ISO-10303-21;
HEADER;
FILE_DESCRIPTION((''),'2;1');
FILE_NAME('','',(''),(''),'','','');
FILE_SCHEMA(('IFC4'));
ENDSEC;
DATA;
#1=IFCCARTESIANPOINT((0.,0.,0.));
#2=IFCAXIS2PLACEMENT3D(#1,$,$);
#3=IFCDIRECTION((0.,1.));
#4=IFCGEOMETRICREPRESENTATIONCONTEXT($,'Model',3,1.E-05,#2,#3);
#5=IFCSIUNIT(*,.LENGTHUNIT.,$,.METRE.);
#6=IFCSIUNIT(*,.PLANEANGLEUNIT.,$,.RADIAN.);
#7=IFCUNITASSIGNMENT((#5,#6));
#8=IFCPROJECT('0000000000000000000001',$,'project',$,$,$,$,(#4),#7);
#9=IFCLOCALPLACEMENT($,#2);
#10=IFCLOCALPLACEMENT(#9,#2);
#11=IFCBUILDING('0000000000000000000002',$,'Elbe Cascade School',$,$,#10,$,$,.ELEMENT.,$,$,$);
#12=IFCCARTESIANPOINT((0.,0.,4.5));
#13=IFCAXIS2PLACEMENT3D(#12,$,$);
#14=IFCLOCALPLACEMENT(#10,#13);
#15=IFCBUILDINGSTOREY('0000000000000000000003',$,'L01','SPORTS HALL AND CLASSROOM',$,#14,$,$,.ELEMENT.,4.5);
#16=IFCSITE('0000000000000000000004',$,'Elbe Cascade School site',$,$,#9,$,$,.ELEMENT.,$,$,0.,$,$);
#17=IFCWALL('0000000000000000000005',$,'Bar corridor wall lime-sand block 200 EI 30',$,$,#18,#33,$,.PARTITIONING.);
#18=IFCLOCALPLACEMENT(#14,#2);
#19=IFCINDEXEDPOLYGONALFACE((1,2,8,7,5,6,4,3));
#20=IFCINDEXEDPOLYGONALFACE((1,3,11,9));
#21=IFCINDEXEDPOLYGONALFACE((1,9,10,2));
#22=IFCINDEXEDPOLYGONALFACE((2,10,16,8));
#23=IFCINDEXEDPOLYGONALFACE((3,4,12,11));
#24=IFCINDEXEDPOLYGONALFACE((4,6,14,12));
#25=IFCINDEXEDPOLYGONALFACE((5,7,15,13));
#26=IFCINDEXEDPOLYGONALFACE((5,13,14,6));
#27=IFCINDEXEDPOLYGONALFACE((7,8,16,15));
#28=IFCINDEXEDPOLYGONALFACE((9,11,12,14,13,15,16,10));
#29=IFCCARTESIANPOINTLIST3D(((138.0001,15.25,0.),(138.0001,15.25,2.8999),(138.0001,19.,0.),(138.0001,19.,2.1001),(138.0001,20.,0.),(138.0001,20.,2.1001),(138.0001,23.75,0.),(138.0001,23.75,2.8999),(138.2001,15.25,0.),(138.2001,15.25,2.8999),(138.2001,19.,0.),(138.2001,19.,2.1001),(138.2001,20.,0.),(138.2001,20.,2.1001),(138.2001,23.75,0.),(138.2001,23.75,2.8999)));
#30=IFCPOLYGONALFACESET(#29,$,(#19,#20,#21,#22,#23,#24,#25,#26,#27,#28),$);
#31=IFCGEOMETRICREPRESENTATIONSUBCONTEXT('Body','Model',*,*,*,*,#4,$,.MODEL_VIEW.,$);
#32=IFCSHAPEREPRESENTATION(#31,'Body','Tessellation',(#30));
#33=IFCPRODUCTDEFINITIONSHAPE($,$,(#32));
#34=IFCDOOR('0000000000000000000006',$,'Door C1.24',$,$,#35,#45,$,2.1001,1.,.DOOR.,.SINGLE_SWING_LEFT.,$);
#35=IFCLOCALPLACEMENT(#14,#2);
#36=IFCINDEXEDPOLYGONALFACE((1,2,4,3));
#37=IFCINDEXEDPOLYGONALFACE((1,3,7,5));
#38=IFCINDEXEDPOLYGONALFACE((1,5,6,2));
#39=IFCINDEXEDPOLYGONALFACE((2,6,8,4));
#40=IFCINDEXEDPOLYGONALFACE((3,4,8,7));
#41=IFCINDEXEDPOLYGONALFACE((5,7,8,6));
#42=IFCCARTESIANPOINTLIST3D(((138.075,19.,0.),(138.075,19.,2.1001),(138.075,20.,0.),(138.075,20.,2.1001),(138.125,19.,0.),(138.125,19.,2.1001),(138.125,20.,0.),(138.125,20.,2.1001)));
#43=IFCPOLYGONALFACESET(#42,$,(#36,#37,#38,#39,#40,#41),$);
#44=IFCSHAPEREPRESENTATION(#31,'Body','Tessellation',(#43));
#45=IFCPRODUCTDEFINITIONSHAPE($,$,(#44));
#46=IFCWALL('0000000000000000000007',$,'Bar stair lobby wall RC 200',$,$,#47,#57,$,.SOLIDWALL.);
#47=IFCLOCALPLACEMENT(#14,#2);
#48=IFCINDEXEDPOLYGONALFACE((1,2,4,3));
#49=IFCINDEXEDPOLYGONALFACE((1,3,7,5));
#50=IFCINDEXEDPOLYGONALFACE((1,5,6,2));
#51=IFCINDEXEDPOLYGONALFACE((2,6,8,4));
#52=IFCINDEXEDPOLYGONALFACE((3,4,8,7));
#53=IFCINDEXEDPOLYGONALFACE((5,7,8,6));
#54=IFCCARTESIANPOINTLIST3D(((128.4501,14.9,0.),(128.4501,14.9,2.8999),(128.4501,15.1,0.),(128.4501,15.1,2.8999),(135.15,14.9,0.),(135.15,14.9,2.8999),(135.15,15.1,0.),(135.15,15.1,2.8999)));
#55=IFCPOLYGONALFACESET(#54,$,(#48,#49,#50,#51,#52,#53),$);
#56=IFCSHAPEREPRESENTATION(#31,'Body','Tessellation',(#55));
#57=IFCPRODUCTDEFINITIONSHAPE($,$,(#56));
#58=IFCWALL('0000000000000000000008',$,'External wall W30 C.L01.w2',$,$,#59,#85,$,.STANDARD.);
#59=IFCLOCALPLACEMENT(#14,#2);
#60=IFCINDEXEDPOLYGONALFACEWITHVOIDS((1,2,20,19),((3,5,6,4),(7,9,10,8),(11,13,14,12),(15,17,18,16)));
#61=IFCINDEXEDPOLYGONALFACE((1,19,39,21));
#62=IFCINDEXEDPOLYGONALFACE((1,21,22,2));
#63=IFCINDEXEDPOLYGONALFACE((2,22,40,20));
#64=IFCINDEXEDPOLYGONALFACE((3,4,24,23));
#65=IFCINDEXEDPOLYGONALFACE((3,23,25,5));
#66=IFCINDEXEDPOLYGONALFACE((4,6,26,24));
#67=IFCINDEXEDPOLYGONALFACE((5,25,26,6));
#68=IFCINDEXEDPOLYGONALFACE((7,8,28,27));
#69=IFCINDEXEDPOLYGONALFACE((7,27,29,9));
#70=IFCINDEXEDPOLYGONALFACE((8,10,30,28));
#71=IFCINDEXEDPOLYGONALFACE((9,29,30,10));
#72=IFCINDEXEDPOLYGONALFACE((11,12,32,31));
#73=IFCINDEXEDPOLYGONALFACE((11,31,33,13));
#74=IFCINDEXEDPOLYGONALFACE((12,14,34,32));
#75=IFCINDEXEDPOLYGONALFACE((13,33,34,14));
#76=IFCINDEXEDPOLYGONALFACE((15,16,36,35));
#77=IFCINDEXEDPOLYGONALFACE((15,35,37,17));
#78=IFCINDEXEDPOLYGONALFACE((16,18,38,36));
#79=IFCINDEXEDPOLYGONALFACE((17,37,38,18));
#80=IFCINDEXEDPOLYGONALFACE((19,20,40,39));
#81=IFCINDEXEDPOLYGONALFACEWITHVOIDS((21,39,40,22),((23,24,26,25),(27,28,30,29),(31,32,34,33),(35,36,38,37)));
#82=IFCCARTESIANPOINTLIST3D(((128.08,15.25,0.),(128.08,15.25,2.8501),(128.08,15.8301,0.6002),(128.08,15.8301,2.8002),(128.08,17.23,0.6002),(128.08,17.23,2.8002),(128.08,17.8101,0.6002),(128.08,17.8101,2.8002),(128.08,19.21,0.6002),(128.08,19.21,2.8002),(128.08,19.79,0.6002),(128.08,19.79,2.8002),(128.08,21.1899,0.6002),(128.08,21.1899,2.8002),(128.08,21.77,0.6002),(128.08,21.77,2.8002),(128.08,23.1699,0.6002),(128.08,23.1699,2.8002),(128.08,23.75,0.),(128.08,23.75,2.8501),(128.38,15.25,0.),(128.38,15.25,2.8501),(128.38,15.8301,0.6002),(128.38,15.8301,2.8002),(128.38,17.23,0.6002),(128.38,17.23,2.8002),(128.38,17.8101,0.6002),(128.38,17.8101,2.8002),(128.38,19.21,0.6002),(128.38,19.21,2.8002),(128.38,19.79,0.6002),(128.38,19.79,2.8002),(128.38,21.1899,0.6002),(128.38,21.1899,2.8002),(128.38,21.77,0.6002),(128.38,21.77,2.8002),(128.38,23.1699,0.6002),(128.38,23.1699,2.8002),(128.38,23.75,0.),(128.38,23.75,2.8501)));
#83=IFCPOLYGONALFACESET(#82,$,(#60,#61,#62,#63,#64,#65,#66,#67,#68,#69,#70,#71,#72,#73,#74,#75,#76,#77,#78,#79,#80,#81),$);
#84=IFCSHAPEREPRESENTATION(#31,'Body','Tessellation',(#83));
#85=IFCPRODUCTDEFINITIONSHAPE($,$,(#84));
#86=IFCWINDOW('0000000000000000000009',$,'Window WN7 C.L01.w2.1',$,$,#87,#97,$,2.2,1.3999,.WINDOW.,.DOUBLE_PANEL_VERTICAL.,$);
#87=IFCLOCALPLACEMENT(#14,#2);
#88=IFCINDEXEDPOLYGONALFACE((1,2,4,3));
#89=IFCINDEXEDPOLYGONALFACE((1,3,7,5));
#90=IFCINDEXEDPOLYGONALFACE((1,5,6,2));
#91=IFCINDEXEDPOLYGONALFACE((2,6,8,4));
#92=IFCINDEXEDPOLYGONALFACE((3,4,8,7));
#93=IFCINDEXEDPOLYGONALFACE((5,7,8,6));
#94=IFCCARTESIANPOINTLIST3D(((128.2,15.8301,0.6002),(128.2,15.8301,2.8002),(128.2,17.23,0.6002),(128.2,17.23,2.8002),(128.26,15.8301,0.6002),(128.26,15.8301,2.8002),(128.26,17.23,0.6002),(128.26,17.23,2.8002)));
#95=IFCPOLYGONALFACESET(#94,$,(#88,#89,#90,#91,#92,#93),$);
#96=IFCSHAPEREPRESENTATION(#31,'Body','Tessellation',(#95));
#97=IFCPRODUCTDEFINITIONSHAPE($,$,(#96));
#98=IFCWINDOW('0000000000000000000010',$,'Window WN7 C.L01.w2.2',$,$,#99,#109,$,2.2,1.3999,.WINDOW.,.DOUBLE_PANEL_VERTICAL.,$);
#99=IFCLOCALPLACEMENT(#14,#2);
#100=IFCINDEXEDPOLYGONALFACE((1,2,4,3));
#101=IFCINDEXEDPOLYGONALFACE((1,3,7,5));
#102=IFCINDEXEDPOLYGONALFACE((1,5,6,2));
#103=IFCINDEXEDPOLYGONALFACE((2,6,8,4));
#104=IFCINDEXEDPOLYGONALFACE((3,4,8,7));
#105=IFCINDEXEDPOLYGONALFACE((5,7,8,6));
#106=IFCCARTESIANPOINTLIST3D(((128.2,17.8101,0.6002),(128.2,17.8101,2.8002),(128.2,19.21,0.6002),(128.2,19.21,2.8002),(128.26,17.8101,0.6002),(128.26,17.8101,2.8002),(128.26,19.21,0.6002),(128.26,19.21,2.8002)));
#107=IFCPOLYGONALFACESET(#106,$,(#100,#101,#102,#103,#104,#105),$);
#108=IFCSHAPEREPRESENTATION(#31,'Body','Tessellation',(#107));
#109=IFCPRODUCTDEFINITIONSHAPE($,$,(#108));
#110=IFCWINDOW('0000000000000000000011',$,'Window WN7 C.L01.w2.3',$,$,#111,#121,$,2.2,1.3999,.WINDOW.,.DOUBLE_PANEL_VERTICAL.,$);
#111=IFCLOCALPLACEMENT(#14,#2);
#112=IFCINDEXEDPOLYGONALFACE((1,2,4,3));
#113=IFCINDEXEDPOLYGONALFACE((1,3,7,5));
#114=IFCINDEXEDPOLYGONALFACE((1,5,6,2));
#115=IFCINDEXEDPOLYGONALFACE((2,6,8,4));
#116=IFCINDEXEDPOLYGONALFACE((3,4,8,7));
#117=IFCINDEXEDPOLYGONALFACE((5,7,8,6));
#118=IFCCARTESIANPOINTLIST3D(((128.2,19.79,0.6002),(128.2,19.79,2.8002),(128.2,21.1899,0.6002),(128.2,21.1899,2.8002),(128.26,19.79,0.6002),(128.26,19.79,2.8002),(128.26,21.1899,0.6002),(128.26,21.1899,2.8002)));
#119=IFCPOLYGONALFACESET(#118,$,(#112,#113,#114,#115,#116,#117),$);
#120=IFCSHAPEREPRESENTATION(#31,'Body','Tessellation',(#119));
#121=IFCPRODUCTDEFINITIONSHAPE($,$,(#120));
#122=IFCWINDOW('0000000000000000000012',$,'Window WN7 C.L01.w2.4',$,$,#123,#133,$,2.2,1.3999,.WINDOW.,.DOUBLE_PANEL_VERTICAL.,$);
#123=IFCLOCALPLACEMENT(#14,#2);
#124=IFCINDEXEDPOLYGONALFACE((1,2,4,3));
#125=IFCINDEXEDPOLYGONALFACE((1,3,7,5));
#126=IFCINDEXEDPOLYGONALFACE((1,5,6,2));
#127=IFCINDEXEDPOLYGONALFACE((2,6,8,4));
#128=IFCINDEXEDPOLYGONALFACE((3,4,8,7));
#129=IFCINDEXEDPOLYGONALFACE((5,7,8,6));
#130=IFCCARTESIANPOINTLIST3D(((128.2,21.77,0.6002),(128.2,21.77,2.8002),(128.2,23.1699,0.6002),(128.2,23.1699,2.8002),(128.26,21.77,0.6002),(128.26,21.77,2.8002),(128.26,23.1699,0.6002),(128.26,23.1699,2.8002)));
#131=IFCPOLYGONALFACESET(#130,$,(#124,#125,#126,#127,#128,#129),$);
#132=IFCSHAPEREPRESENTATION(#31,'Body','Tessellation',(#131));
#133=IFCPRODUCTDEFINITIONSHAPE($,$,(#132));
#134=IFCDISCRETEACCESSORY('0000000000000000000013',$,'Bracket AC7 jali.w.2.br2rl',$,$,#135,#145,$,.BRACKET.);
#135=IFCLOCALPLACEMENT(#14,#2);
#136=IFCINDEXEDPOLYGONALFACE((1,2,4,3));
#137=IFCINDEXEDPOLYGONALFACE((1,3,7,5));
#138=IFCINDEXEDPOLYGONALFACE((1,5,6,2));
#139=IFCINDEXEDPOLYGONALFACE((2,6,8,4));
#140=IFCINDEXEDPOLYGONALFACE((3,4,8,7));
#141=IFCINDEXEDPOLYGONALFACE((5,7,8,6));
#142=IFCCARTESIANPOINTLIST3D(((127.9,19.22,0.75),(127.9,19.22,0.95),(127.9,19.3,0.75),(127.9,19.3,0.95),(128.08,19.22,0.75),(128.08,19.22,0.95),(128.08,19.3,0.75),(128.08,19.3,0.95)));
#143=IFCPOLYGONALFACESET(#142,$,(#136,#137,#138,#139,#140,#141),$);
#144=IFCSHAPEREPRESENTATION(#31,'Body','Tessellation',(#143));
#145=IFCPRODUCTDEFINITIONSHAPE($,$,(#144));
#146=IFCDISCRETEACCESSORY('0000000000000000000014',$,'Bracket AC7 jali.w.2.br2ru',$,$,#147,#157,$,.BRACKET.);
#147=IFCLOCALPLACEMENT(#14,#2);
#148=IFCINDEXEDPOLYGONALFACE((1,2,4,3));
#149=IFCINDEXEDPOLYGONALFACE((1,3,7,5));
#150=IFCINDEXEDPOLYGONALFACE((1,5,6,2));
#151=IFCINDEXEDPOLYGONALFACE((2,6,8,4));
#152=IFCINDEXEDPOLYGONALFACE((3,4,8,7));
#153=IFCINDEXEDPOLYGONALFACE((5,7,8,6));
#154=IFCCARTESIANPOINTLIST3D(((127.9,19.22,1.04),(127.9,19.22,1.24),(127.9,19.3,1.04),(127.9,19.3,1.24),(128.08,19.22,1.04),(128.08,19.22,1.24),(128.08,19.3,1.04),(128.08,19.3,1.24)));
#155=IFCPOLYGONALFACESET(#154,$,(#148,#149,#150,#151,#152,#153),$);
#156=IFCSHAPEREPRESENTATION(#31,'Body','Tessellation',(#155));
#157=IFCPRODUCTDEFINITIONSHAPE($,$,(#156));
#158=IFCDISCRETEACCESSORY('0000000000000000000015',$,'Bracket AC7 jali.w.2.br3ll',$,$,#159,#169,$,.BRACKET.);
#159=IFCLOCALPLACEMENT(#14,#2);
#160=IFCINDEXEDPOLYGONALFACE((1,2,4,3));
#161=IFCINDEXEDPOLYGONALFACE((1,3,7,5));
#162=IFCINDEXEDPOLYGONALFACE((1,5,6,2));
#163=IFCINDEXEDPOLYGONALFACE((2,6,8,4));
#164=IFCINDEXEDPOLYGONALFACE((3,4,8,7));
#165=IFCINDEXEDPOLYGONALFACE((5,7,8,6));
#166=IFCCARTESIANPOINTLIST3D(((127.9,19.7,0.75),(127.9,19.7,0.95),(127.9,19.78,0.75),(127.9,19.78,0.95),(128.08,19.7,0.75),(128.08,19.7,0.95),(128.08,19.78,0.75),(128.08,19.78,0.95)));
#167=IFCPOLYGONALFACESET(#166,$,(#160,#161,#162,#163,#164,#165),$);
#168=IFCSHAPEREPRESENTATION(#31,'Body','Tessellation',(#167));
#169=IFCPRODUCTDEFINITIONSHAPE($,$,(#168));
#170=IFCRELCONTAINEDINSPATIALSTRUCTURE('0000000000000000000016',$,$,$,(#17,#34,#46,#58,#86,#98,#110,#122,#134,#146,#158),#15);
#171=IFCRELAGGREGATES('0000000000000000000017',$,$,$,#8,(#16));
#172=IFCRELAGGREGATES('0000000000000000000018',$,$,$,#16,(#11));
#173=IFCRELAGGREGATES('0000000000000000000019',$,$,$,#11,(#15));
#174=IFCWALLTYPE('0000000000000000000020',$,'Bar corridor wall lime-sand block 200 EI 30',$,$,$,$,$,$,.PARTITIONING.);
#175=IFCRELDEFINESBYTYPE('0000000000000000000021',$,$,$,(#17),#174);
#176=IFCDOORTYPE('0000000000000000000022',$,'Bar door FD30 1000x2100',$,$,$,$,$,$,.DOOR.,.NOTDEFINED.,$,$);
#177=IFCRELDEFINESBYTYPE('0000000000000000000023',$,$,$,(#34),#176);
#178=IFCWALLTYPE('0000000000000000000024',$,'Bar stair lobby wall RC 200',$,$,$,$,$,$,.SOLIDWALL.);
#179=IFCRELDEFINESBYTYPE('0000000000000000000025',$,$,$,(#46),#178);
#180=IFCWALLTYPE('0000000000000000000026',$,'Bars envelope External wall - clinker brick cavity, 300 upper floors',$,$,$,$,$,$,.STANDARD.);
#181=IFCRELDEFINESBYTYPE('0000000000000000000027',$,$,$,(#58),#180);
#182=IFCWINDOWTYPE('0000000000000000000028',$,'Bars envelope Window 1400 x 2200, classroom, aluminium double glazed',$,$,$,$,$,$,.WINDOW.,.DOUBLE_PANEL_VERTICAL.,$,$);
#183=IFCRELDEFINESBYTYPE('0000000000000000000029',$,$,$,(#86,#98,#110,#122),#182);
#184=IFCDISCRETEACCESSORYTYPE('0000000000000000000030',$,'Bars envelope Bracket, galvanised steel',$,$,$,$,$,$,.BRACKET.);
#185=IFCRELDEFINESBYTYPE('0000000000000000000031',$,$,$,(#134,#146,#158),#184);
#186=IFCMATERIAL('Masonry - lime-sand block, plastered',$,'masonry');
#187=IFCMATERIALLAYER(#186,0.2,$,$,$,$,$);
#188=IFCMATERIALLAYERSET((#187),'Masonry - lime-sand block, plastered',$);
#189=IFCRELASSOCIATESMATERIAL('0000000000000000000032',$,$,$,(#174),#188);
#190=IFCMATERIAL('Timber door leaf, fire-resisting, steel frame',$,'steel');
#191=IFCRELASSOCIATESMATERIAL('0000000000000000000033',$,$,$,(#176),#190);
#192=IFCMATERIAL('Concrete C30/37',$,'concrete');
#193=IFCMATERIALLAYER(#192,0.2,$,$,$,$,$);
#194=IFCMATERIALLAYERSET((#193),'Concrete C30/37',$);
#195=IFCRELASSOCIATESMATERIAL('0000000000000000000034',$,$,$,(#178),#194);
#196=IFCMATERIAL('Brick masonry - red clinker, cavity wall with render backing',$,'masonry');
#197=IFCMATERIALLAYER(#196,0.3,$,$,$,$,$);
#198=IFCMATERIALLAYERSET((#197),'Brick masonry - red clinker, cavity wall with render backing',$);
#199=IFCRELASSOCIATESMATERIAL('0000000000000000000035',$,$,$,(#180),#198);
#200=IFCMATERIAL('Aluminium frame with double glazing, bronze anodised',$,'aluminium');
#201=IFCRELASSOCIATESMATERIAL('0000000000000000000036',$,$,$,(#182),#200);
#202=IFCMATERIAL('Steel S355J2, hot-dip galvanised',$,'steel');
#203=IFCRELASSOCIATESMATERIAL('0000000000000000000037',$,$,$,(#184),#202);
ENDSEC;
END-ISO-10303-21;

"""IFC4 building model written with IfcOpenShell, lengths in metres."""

from ifc_helpers import new_model, si_unit, direction, frame, frame_2d, origin, origin_2d, place, context, subcontext, project, spatial, rectangle, extrude, material, layer, layer_set, type_object, element, fill, save


model = new_model("IFC4")

# Units and contexts
model_context = context("Model", 3, precision=1e-05, world=origin(), true_north=direction((0.0, 1.0)))
body_context = subcontext(model_context, "Body", "Model", "MODEL_VIEW")
ifc_project = project(units=[si_unit("LENGTHUNIT", "METRE"), si_unit("PLANEANGLEUNIT", "RADIAN")], contexts=[model_context])

# Site, building, storey
site_placement = place(None, origin())
site = spatial("IfcSite", under=ifc_project, at=site_placement, Name="Elbe Cascade School site", CompositionType="ELEMENT", RefElevation=0.0)
building_placement = place(site_placement, origin())
building = spatial("IfcBuilding", under=site, at=building_placement, Name="Elbe Cascade School", CompositionType="ELEMENT")
storey_placement = place(building_placement, frame((0.0, 0.0, 4.5)))
storey = spatial("IfcBuildingStorey", under=building, at=storey_placement, Name="L01", Description="SPORTS HALL AND CLASSROOM", CompositionType="ELEMENT", Elevation=4.5)

# Wall, opening, door
ifc_material_1 = material(Name="Masonry - lime-sand block, plastered", Category="masonry")
ifc_layer_1 = layer(ifc_material_1, 0.2)
ifc_layer_set_1 = layer_set([ifc_layer_1], Name="Masonry - lime-sand block, plastered")
wall_type_1 = type_object("IfcWallType", Name="Bar corridor wall lime-sand block 200 EI 30", PredefinedType="PARTITIONING", material=ifc_layer_set_1)
ifc_material_2 = material(Name="Timber door leaf, fire-resisting, steel frame", Category="steel")
door_type = type_object("IfcDoorType", Name="Bar door FD30 1000x2100", OperationType="NOTDEFINED", PredefinedType="DOOR", material=ifc_material_2)
wall_1_placement = place(storey_placement, frame((138.1001, 23.75, 0.0), z_axis=(0.0, 0.0, 1.0), x_axis=(0.0, -1.0, 0.0)))
wall_1 = element("IfcWall", 1, at=wall_1_placement, inside=storey, type_object=wall_type_1, Name="Bar corridor wall lime-sand block 200 EI 30", PredefinedType="PARTITIONING", context=body_context, shape_type="SweptSolid", body=[
    extrude(rectangle(XDim=8.5, YDim=0.2, at=frame_2d((4.25, 0.0))), origin(), (0.0, 0.0, 1.0), 2.8999),
])
opening_1_placement = place(wall_1_placement, frame((3.75, 0.0, 0.0)))
opening_1 = element("IfcOpeningElement", 2, at=opening_1_placement, cuts=wall_1, PredefinedType="OPENING", context=body_context, shape_type="SweptSolid", body=[
    extrude(rectangle(XDim=1.0, YDim=2.1001, at=frame_2d((0.5, 1.05))), frame((0.0, 0.1099, 0.0), z_axis=(0.0, -1.0, 0.0), x_axis=(1.0, 0.0, 0.0)), (0.0, 0.0, 1.0), 0.22),
])
door_1_placement = place(opening_1_placement, origin())
door_1 = element("IfcDoor", 3, at=door_1_placement, inside=storey, type_object=door_type, Name="Door C1.24", OperationType="SINGLE_SWING_LEFT", OverallHeight=2.1001, OverallWidth=1.0, PredefinedType="DOOR", context=body_context, shape_type="SweptSolid", body=[
    extrude(rectangle(XDim=1.0, YDim=2.1001, at=frame_2d((0.5, 1.05))), frame((0.0, 0.0249, 0.0), z_axis=(0.0, -1.0, 0.0), x_axis=(1.0, 0.0, 0.0)), (0.0, 0.0, 1.0), 0.05),
])
fill(opening_1, door_1)

# Wall
ifc_material_3 = material(Name="Concrete C30/37", Category="concrete")
ifc_layer_2 = layer(ifc_material_3, 0.2)
ifc_layer_set_2 = layer_set([ifc_layer_2], Name="Concrete C30/37")
wall_type_2 = type_object("IfcWallType", Name="Bar stair lobby wall RC 200", PredefinedType="SOLIDWALL", material=ifc_layer_set_2)
wall_2_placement = place(storey_placement, frame((128.45, 15.0, 0.0), z_axis=(0.0, 0.0, 1.0), x_axis=(1.0, 0.0, 0.0)))
element("IfcWall", 4, at=wall_2_placement, inside=storey, type_object=wall_type_2, Name="Bar stair lobby wall RC 200", PredefinedType="SOLIDWALL", context=body_context, shape_type="SweptSolid", body=[
    extrude(rectangle(XDim=6.7, YDim=0.2, at=frame_2d((3.3501, 0.0))), origin(), (0.0, 0.0, 1.0), 2.8999),
])

# Wall, openings, windows
ifc_material_4 = material(Name="Brick masonry - red clinker, cavity wall with render backing", Category="masonry")
ifc_layer_3 = layer(ifc_material_4, 0.3)
ifc_layer_set_3 = layer_set([ifc_layer_3], Name="Brick masonry - red clinker, cavity wall with render backing")
wall_type_3 = type_object("IfcWallType", Name="Bars envelope External wall - clinker brick cavity, 300 upper floors", PredefinedType="STANDARD", material=ifc_layer_set_3)
wall_3_placement = place(storey_placement, frame((128.23, 15.25, 0.0), z_axis=(0.0, 0.0, 1.0), x_axis=(0.0, 1.0, 0.0)))
wall_3 = element("IfcWall", 5, at=wall_3_placement, inside=storey, type_object=wall_type_3, Name="External wall W30 C.L01.w2", PredefinedType="STANDARD", context=body_context, shape_type="SweptSolid", body=[
    extrude(rectangle(XDim=8.5, YDim=0.3, at=frame_2d((4.25, 0.0))), origin(), (0.0, 0.0, 1.0), 2.8501),
])
opening_2_placement = place(wall_3_placement, frame((0.5801, 0.0, 0.6001)))
opening_2 = element("IfcOpeningElement", 6, at=opening_2_placement, cuts=wall_3, PredefinedType="OPENING", context=body_context, shape_type="SweptSolid", body=[
    extrude(rectangle(XDim=1.3999, YDim=2.2, at=frame_2d((0.7, 1.1001))), frame((0.0, 0.1599, 0.0), z_axis=(0.0, -1.0, 0.0), x_axis=(1.0, 0.0, 0.0)), (0.0, 0.0, 1.0), 0.3201),
])
opening_3_placement = place(wall_3_placement, frame((2.5601, 0.0, 0.6001)))
opening_3 = element("IfcOpeningElement", 7, at=opening_3_placement, cuts=wall_3, PredefinedType="OPENING", context=body_context, shape_type="SweptSolid", body=[
    extrude(rectangle(XDim=1.3999, YDim=2.2, at=frame_2d((0.7, 1.1001))), frame((0.0, 0.1599, 0.0), z_axis=(0.0, -1.0, 0.0), x_axis=(1.0, 0.0, 0.0)), (0.0, 0.0, 1.0), 0.3201),
])
opening_4_placement = place(wall_3_placement, frame((4.54, 0.0, 0.6001)))
opening_4 = element("IfcOpeningElement", 8, at=opening_4_placement, cuts=wall_3, PredefinedType="OPENING", context=body_context, shape_type="SweptSolid", body=[
    extrude(rectangle(XDim=1.3999, YDim=2.2, at=frame_2d((0.7, 1.1001))), frame((0.0, 0.1599, 0.0), z_axis=(0.0, -1.0, 0.0), x_axis=(1.0, 0.0, 0.0)), (0.0, 0.0, 1.0), 0.3201),
])
opening_5_placement = place(wall_3_placement, frame((6.52, 0.0, 0.6001)))
opening_5 = element("IfcOpeningElement", 9, at=opening_5_placement, cuts=wall_3, PredefinedType="OPENING", context=body_context, shape_type="SweptSolid", body=[
    extrude(rectangle(XDim=1.3999, YDim=2.2, at=frame_2d((0.7, 1.1001))), frame((0.0, 0.1599, 0.0), z_axis=(0.0, -1.0, 0.0), x_axis=(1.0, 0.0, 0.0)), (0.0, 0.0, 1.0), 0.3201),
])
ifc_material_5 = material(Name="Aluminium frame with double glazing, bronze anodised", Category="aluminium")
window_type = type_object("IfcWindowType", Name="Bars envelope Window 1400 x 2200, classroom, aluminium double glazed", PartitioningType="DOUBLE_PANEL_VERTICAL", PredefinedType="WINDOW", material=ifc_material_5)
window_1_placement = place(opening_2_placement, origin())
window_1 = element("IfcWindow", 10, at=window_1_placement, inside=storey, type_object=window_type, Name="Window WN7 C.L01.w2.1", OverallHeight=2.2, OverallWidth=1.3999, PartitioningType="DOUBLE_PANEL_VERTICAL", PredefinedType="WINDOW", context=body_context, shape_type="SweptSolid", body=[
    extrude(rectangle(XDim=1.3999, YDim=2.2, at=frame_2d((0.7, 1.1001))), frame((0.0, 0.03, 0.0), z_axis=(0.0, -1.0, 0.0), x_axis=(1.0, 0.0, 0.0)), (0.0, 0.0, 1.0), 0.0601),
])
fill(opening_2, window_1)
window_2_placement = place(opening_3_placement, origin())
window_2 = element("IfcWindow", 11, at=window_2_placement, inside=storey, type_object=window_type, Name="Window WN7 C.L01.w2.2", OverallHeight=2.2, OverallWidth=1.3999, PartitioningType="DOUBLE_PANEL_VERTICAL", PredefinedType="WINDOW", context=body_context, shape_type="SweptSolid", body=[
    extrude(rectangle(XDim=1.3999, YDim=2.2, at=frame_2d((0.7, 1.1001))), frame((0.0, 0.03, 0.0), z_axis=(0.0, -1.0, 0.0), x_axis=(1.0, 0.0, 0.0)), (0.0, 0.0, 1.0), 0.0601),
])
fill(opening_3, window_2)
window_3_placement = place(opening_4_placement, origin())
window_3 = element("IfcWindow", 12, at=window_3_placement, inside=storey, type_object=window_type, Name="Window WN7 C.L01.w2.3", OverallHeight=2.2, OverallWidth=1.3999, PartitioningType="DOUBLE_PANEL_VERTICAL", PredefinedType="WINDOW", context=body_context, shape_type="SweptSolid", body=[
    extrude(rectangle(XDim=1.3999, YDim=2.2, at=frame_2d((0.7, 1.1001))), frame((0.0, 0.03, 0.0), z_axis=(0.0, -1.0, 0.0), x_axis=(1.0, 0.0, 0.0)), (0.0, 0.0, 1.0), 0.0601),
])
fill(opening_4, window_3)
window_4_placement = place(opening_5_placement, origin())
window_4 = element("IfcWindow", 13, at=window_4_placement, inside=storey, type_object=window_type, Name="Window WN7 C.L01.w2.4", OverallHeight=2.2, OverallWidth=1.3999, PartitioningType="DOUBLE_PANEL_VERTICAL", PredefinedType="WINDOW", context=body_context, shape_type="SweptSolid", body=[
    extrude(rectangle(XDim=1.3999, YDim=2.2, at=frame_2d((0.7, 1.1001))), frame((0.0, 0.03, 0.0), z_axis=(0.0, -1.0, 0.0), x_axis=(1.0, 0.0, 0.0)), (0.0, 0.0, 1.0), 0.0601),
])
fill(opening_5, window_4)

# Discrete accessories
ifc_material_6 = material(Name="Steel S355J2, hot-dip galvanised", Category="steel")
discrete_accessory_type = type_object("IfcDiscreteAccessoryType", Name="Bars envelope Bracket, galvanised steel", PredefinedType="BRACKET", material=ifc_material_6)
for number, where, z_axis, x_axis, name in (
    (14, (127.99, 19.26, 0.75), (0.0, 0.0, 1.0), (0.0, 1.0, 0.0), "Bracket AC7 jali.w.2.br2rl"),
    (15, (127.99, 19.26, 1.04), (0.0, 0.0, 1.0), (0.0, 1.0, 0.0), "Bracket AC7 jali.w.2.br2ru"),
    (16, (127.99, 19.74, 0.75), (0.0, 0.0, 1.0), (0.0, 1.0, 0.0), "Bracket AC7 jali.w.2.br3ll"),
):
    element("IfcDiscreteAccessory", number, at=place(storey_placement, frame(where, z_axis=z_axis, x_axis=x_axis)), inside=storey, type_object=discrete_accessory_type, Name=name, PredefinedType="BRACKET", context=body_context, shape_type="SweptSolid", body=[
        extrude(rectangle(XDim=0.0801, YDim=0.1799, at=origin_2d()), origin(), (0.0, 0.0, 1.0), 0.2),
    ])

save(model, "model.ifc")
